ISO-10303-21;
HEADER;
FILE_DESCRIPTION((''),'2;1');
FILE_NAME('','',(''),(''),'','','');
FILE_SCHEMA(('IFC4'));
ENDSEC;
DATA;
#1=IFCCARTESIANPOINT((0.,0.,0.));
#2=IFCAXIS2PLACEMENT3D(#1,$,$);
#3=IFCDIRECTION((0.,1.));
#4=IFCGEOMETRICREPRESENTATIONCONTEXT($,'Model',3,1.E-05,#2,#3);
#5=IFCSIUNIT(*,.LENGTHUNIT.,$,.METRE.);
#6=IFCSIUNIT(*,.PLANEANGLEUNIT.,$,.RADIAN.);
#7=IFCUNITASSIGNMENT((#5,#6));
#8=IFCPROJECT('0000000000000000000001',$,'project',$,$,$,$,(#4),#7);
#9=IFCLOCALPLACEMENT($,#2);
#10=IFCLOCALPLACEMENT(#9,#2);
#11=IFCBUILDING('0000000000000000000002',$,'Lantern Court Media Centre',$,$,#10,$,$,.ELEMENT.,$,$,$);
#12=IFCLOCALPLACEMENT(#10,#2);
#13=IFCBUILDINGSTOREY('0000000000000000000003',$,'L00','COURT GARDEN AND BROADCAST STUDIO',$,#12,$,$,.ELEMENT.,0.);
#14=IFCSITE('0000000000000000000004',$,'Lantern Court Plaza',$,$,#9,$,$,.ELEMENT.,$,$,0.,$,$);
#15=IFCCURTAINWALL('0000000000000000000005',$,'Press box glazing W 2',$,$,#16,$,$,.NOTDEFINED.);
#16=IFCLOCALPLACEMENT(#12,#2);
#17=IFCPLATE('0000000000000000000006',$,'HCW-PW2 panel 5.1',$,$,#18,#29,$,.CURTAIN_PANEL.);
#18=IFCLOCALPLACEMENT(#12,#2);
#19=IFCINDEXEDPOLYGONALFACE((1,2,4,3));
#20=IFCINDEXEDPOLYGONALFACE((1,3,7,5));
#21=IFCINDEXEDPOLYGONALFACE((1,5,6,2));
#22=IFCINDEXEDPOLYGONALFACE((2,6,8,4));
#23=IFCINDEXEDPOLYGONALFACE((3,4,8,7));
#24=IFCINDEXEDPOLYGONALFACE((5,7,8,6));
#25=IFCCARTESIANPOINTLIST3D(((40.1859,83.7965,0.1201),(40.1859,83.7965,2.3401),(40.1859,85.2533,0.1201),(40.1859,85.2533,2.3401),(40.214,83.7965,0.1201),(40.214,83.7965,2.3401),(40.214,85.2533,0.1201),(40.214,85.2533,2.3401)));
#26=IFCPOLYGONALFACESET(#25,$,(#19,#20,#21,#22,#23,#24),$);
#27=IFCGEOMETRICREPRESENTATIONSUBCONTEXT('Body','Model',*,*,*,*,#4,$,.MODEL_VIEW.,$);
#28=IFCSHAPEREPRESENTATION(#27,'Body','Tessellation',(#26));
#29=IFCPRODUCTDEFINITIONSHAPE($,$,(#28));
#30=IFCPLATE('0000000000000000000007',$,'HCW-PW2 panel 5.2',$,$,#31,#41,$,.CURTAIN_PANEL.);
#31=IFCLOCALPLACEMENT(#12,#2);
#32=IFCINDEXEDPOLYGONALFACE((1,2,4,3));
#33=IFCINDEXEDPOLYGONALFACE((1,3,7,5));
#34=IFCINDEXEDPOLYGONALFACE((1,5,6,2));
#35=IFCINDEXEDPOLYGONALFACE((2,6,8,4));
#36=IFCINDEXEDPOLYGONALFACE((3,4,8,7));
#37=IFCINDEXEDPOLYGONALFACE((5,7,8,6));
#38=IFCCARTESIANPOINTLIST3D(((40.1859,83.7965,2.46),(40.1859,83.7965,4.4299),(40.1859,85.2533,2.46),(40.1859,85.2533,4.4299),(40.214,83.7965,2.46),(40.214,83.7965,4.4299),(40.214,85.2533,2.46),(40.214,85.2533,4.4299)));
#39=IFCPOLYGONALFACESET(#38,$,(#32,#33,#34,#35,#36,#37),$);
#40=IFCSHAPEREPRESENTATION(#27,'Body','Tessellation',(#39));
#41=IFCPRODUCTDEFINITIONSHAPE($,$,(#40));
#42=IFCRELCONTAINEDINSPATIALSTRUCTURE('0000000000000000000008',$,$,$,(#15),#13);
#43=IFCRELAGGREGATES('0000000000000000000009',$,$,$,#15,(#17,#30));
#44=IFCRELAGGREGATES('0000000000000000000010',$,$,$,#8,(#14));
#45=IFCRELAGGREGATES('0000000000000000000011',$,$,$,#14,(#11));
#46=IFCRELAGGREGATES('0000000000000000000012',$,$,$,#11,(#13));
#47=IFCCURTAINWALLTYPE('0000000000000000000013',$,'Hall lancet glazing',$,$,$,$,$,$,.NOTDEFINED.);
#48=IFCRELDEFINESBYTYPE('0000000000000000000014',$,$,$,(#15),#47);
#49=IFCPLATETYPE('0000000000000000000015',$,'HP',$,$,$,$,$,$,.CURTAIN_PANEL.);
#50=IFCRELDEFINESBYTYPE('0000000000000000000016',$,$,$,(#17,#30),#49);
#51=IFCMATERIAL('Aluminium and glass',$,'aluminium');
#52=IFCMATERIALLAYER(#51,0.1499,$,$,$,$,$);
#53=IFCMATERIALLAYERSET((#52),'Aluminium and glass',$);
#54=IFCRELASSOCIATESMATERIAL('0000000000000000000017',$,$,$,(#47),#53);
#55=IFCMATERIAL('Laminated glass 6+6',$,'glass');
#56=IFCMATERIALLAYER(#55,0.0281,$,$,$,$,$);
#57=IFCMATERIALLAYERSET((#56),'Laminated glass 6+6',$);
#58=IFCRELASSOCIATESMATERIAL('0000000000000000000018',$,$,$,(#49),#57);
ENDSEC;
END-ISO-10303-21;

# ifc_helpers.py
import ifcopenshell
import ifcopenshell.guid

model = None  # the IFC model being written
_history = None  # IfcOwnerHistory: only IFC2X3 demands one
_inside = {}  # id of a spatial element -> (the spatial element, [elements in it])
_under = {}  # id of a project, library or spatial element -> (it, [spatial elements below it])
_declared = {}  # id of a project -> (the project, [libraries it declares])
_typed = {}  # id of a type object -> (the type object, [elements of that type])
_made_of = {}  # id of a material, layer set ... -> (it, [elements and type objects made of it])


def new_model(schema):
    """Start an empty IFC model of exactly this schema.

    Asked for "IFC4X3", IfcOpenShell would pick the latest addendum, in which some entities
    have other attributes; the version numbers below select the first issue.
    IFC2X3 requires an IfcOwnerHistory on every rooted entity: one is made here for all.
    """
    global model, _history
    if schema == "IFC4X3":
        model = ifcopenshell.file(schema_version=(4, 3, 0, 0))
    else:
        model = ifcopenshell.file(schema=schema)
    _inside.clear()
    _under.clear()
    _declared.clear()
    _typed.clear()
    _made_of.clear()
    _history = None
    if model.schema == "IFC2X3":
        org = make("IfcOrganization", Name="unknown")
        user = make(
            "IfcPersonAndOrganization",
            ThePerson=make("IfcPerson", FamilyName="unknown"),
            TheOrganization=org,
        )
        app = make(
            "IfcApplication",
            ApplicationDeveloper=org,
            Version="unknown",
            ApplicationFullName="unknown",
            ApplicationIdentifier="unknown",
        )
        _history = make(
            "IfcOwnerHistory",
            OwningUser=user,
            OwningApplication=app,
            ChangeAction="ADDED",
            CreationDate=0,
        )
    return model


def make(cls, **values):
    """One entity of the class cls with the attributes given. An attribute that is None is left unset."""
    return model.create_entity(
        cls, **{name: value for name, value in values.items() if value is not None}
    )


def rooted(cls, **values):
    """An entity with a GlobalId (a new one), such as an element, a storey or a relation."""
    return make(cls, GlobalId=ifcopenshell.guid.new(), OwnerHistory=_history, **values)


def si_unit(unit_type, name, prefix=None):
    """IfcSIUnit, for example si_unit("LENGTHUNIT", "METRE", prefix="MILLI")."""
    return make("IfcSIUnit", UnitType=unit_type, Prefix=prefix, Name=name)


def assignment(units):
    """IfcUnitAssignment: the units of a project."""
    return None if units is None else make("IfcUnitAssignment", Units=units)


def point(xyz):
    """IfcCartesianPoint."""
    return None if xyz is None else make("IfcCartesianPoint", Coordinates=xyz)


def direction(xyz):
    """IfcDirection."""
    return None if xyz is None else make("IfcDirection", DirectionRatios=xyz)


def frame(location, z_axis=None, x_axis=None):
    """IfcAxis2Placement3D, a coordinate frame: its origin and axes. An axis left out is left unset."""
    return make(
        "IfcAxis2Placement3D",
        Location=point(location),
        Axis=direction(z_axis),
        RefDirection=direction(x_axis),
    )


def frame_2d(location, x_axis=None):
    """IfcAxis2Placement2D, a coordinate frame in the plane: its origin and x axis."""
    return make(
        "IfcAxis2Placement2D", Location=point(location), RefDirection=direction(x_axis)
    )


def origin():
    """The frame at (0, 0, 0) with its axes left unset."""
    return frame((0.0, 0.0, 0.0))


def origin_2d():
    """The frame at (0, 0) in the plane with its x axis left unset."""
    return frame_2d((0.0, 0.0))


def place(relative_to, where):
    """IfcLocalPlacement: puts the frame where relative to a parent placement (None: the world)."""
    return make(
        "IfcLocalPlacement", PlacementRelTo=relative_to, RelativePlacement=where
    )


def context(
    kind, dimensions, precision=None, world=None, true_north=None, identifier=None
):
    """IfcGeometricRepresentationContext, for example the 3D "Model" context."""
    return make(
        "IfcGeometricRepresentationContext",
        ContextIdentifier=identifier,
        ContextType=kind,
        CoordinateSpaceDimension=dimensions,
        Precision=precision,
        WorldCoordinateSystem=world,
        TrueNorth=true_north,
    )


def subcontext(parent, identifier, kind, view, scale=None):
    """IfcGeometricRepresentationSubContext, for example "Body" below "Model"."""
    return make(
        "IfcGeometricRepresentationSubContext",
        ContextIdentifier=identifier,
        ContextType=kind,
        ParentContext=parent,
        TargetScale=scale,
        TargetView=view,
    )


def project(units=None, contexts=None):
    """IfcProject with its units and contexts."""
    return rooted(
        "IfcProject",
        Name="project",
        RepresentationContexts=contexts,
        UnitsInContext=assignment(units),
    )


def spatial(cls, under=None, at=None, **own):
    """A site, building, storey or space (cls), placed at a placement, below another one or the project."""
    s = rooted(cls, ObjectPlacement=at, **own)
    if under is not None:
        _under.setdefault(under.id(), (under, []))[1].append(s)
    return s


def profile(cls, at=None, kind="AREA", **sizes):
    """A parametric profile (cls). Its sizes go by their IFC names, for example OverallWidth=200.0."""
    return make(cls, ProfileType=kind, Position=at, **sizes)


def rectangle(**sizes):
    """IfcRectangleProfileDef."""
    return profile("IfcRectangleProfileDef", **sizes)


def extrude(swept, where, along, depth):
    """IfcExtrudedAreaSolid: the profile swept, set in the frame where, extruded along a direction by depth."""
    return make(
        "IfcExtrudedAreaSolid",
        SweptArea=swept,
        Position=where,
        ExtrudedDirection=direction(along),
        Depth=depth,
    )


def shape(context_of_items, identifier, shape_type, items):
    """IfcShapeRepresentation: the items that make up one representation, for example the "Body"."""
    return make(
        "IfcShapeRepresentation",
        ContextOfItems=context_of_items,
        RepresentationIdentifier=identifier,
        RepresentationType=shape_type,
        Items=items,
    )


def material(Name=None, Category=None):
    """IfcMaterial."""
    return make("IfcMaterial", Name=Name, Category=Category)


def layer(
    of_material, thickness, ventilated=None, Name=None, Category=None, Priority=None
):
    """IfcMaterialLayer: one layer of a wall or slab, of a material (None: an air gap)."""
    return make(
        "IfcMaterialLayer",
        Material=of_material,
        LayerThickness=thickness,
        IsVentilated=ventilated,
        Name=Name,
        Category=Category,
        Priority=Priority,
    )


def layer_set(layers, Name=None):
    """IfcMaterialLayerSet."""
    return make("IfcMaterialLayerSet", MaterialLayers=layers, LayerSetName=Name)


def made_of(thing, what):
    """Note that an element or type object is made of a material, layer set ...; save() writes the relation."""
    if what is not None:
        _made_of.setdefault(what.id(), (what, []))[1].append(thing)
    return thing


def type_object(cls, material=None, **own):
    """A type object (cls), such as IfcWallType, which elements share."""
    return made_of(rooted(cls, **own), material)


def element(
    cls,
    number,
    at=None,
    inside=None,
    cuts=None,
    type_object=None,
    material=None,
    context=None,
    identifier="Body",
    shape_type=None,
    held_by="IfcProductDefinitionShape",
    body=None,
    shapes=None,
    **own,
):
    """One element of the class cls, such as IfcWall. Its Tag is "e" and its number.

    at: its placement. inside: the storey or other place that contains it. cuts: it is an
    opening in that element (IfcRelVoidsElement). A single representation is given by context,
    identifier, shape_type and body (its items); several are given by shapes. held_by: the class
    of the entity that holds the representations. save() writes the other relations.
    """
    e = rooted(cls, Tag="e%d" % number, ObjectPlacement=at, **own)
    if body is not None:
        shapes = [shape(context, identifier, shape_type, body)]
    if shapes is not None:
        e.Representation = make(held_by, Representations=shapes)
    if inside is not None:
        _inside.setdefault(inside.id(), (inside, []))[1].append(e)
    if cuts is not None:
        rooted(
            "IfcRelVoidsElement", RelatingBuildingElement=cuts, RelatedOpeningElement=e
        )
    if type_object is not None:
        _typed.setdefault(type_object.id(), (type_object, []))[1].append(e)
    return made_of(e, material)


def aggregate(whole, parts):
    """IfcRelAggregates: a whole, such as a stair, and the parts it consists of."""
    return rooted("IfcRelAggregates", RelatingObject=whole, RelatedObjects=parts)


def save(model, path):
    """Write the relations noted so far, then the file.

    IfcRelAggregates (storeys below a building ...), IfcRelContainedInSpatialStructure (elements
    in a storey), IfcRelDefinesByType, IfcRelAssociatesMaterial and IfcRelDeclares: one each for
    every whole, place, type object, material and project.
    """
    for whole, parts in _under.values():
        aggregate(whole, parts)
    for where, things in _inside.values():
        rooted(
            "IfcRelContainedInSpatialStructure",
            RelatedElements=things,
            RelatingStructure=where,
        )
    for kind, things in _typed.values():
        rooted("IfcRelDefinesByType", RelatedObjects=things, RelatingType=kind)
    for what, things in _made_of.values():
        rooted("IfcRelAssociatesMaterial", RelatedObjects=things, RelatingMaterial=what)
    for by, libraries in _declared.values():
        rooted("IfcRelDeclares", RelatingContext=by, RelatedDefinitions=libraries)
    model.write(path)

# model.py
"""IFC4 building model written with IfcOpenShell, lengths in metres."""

from ifc_helpers import new_model, si_unit, direction, frame, origin, origin_2d, place, context, subcontext, project, spatial, rectangle, extrude, material, layer, layer_set, type_object, element, aggregate, save


model = new_model("IFC4")

# Units and contexts
model_context = context("Model", 3, precision=1e-05, world=origin(), true_north=direction((0.0, 1.0)))
body_context = subcontext(model_context, "Body", "Model", "MODEL_VIEW")
ifc_project = project(units=[si_unit("LENGTHUNIT", "METRE"), si_unit("PLANEANGLEUNIT", "RADIAN")], contexts=[model_context])

# Site, building, storey
site_placement = place(None, origin())
site = spatial("IfcSite", under=ifc_project, at=site_placement, Name="Lantern Court Plaza", CompositionType="ELEMENT", RefElevation=0.0)
building_placement = place(site_placement, origin())
building = spatial("IfcBuilding", under=site, at=building_placement, Name="Lantern Court Media Centre", CompositionType="ELEMENT")
storey_placement = place(building_placement, origin())
storey = spatial("IfcBuildingStorey", under=building, at=storey_placement, Name="L00", Description="COURT GARDEN AND BROADCAST STUDIO", CompositionType="ELEMENT", Elevation=0.0)

# Curtain wall, plates
ifc_material_1 = material(Name="Aluminium and glass", Category="aluminium")
ifc_layer_1 = layer(ifc_material_1, 0.1499)
ifc_layer_set_1 = layer_set([ifc_layer_1], Name="Aluminium and glass")
curtain_wall_type = type_object("IfcCurtainWallType", Name="Hall lancet glazing", PredefinedType="NOTDEFINED", material=ifc_layer_set_1)
curtain_wall_placement = place(storey_placement, origin())
curtain_wall = element("IfcCurtainWall", 1, at=curtain_wall_placement, inside=storey, type_object=curtain_wall_type, Name="Press box glazing W 2", PredefinedType="NOTDEFINED")
ifc_material_2 = material(Name="Laminated glass 6+6", Category="glass")
ifc_layer_2 = layer(ifc_material_2, 0.0281)
ifc_layer_set_2 = layer_set([ifc_layer_2], Name="Laminated glass 6+6")
plate_type = type_object("IfcPlateType", Name="HP", PredefinedType="CURTAIN_PANEL", material=ifc_layer_set_2)
plate_1_placement = place(storey_placement, frame((40.2, 84.5249, 0.1201), z_axis=(0.0, 0.0, 1.0), x_axis=(0.0, 1.0, 0.0)))
plate_1 = element("IfcPlate", 2, at=plate_1_placement, type_object=plate_type, Name="HCW-PW2 panel 5.1", PredefinedType="CURTAIN_PANEL", context=body_context, shape_type="SweptSolid", body=[
    extrude(rectangle(XDim=1.4568, YDim=0.0281, at=origin_2d()), origin(), (0.0, 0.0, 1.0), 2.22),
])
plate_2_placement = place(storey_placement, frame((40.2, 84.5249, 2.46), z_axis=(0.0, 0.0, 1.0), x_axis=(0.0, 1.0, 0.0)))
plate_2 = element("IfcPlate", 3, at=plate_2_placement, type_object=plate_type, Name="HCW-PW2 panel 5.2", PredefinedType="CURTAIN_PANEL", context=body_context, shape_type="SweptSolid", body=[
    extrude(rectangle(XDim=1.4568, YDim=0.0281, at=origin_2d()), origin(), (0.0, 0.0, 1.0), 1.97),
])
aggregate(curtain_wall, [plate_1, plate_2])

save(model, "model.ifc")
